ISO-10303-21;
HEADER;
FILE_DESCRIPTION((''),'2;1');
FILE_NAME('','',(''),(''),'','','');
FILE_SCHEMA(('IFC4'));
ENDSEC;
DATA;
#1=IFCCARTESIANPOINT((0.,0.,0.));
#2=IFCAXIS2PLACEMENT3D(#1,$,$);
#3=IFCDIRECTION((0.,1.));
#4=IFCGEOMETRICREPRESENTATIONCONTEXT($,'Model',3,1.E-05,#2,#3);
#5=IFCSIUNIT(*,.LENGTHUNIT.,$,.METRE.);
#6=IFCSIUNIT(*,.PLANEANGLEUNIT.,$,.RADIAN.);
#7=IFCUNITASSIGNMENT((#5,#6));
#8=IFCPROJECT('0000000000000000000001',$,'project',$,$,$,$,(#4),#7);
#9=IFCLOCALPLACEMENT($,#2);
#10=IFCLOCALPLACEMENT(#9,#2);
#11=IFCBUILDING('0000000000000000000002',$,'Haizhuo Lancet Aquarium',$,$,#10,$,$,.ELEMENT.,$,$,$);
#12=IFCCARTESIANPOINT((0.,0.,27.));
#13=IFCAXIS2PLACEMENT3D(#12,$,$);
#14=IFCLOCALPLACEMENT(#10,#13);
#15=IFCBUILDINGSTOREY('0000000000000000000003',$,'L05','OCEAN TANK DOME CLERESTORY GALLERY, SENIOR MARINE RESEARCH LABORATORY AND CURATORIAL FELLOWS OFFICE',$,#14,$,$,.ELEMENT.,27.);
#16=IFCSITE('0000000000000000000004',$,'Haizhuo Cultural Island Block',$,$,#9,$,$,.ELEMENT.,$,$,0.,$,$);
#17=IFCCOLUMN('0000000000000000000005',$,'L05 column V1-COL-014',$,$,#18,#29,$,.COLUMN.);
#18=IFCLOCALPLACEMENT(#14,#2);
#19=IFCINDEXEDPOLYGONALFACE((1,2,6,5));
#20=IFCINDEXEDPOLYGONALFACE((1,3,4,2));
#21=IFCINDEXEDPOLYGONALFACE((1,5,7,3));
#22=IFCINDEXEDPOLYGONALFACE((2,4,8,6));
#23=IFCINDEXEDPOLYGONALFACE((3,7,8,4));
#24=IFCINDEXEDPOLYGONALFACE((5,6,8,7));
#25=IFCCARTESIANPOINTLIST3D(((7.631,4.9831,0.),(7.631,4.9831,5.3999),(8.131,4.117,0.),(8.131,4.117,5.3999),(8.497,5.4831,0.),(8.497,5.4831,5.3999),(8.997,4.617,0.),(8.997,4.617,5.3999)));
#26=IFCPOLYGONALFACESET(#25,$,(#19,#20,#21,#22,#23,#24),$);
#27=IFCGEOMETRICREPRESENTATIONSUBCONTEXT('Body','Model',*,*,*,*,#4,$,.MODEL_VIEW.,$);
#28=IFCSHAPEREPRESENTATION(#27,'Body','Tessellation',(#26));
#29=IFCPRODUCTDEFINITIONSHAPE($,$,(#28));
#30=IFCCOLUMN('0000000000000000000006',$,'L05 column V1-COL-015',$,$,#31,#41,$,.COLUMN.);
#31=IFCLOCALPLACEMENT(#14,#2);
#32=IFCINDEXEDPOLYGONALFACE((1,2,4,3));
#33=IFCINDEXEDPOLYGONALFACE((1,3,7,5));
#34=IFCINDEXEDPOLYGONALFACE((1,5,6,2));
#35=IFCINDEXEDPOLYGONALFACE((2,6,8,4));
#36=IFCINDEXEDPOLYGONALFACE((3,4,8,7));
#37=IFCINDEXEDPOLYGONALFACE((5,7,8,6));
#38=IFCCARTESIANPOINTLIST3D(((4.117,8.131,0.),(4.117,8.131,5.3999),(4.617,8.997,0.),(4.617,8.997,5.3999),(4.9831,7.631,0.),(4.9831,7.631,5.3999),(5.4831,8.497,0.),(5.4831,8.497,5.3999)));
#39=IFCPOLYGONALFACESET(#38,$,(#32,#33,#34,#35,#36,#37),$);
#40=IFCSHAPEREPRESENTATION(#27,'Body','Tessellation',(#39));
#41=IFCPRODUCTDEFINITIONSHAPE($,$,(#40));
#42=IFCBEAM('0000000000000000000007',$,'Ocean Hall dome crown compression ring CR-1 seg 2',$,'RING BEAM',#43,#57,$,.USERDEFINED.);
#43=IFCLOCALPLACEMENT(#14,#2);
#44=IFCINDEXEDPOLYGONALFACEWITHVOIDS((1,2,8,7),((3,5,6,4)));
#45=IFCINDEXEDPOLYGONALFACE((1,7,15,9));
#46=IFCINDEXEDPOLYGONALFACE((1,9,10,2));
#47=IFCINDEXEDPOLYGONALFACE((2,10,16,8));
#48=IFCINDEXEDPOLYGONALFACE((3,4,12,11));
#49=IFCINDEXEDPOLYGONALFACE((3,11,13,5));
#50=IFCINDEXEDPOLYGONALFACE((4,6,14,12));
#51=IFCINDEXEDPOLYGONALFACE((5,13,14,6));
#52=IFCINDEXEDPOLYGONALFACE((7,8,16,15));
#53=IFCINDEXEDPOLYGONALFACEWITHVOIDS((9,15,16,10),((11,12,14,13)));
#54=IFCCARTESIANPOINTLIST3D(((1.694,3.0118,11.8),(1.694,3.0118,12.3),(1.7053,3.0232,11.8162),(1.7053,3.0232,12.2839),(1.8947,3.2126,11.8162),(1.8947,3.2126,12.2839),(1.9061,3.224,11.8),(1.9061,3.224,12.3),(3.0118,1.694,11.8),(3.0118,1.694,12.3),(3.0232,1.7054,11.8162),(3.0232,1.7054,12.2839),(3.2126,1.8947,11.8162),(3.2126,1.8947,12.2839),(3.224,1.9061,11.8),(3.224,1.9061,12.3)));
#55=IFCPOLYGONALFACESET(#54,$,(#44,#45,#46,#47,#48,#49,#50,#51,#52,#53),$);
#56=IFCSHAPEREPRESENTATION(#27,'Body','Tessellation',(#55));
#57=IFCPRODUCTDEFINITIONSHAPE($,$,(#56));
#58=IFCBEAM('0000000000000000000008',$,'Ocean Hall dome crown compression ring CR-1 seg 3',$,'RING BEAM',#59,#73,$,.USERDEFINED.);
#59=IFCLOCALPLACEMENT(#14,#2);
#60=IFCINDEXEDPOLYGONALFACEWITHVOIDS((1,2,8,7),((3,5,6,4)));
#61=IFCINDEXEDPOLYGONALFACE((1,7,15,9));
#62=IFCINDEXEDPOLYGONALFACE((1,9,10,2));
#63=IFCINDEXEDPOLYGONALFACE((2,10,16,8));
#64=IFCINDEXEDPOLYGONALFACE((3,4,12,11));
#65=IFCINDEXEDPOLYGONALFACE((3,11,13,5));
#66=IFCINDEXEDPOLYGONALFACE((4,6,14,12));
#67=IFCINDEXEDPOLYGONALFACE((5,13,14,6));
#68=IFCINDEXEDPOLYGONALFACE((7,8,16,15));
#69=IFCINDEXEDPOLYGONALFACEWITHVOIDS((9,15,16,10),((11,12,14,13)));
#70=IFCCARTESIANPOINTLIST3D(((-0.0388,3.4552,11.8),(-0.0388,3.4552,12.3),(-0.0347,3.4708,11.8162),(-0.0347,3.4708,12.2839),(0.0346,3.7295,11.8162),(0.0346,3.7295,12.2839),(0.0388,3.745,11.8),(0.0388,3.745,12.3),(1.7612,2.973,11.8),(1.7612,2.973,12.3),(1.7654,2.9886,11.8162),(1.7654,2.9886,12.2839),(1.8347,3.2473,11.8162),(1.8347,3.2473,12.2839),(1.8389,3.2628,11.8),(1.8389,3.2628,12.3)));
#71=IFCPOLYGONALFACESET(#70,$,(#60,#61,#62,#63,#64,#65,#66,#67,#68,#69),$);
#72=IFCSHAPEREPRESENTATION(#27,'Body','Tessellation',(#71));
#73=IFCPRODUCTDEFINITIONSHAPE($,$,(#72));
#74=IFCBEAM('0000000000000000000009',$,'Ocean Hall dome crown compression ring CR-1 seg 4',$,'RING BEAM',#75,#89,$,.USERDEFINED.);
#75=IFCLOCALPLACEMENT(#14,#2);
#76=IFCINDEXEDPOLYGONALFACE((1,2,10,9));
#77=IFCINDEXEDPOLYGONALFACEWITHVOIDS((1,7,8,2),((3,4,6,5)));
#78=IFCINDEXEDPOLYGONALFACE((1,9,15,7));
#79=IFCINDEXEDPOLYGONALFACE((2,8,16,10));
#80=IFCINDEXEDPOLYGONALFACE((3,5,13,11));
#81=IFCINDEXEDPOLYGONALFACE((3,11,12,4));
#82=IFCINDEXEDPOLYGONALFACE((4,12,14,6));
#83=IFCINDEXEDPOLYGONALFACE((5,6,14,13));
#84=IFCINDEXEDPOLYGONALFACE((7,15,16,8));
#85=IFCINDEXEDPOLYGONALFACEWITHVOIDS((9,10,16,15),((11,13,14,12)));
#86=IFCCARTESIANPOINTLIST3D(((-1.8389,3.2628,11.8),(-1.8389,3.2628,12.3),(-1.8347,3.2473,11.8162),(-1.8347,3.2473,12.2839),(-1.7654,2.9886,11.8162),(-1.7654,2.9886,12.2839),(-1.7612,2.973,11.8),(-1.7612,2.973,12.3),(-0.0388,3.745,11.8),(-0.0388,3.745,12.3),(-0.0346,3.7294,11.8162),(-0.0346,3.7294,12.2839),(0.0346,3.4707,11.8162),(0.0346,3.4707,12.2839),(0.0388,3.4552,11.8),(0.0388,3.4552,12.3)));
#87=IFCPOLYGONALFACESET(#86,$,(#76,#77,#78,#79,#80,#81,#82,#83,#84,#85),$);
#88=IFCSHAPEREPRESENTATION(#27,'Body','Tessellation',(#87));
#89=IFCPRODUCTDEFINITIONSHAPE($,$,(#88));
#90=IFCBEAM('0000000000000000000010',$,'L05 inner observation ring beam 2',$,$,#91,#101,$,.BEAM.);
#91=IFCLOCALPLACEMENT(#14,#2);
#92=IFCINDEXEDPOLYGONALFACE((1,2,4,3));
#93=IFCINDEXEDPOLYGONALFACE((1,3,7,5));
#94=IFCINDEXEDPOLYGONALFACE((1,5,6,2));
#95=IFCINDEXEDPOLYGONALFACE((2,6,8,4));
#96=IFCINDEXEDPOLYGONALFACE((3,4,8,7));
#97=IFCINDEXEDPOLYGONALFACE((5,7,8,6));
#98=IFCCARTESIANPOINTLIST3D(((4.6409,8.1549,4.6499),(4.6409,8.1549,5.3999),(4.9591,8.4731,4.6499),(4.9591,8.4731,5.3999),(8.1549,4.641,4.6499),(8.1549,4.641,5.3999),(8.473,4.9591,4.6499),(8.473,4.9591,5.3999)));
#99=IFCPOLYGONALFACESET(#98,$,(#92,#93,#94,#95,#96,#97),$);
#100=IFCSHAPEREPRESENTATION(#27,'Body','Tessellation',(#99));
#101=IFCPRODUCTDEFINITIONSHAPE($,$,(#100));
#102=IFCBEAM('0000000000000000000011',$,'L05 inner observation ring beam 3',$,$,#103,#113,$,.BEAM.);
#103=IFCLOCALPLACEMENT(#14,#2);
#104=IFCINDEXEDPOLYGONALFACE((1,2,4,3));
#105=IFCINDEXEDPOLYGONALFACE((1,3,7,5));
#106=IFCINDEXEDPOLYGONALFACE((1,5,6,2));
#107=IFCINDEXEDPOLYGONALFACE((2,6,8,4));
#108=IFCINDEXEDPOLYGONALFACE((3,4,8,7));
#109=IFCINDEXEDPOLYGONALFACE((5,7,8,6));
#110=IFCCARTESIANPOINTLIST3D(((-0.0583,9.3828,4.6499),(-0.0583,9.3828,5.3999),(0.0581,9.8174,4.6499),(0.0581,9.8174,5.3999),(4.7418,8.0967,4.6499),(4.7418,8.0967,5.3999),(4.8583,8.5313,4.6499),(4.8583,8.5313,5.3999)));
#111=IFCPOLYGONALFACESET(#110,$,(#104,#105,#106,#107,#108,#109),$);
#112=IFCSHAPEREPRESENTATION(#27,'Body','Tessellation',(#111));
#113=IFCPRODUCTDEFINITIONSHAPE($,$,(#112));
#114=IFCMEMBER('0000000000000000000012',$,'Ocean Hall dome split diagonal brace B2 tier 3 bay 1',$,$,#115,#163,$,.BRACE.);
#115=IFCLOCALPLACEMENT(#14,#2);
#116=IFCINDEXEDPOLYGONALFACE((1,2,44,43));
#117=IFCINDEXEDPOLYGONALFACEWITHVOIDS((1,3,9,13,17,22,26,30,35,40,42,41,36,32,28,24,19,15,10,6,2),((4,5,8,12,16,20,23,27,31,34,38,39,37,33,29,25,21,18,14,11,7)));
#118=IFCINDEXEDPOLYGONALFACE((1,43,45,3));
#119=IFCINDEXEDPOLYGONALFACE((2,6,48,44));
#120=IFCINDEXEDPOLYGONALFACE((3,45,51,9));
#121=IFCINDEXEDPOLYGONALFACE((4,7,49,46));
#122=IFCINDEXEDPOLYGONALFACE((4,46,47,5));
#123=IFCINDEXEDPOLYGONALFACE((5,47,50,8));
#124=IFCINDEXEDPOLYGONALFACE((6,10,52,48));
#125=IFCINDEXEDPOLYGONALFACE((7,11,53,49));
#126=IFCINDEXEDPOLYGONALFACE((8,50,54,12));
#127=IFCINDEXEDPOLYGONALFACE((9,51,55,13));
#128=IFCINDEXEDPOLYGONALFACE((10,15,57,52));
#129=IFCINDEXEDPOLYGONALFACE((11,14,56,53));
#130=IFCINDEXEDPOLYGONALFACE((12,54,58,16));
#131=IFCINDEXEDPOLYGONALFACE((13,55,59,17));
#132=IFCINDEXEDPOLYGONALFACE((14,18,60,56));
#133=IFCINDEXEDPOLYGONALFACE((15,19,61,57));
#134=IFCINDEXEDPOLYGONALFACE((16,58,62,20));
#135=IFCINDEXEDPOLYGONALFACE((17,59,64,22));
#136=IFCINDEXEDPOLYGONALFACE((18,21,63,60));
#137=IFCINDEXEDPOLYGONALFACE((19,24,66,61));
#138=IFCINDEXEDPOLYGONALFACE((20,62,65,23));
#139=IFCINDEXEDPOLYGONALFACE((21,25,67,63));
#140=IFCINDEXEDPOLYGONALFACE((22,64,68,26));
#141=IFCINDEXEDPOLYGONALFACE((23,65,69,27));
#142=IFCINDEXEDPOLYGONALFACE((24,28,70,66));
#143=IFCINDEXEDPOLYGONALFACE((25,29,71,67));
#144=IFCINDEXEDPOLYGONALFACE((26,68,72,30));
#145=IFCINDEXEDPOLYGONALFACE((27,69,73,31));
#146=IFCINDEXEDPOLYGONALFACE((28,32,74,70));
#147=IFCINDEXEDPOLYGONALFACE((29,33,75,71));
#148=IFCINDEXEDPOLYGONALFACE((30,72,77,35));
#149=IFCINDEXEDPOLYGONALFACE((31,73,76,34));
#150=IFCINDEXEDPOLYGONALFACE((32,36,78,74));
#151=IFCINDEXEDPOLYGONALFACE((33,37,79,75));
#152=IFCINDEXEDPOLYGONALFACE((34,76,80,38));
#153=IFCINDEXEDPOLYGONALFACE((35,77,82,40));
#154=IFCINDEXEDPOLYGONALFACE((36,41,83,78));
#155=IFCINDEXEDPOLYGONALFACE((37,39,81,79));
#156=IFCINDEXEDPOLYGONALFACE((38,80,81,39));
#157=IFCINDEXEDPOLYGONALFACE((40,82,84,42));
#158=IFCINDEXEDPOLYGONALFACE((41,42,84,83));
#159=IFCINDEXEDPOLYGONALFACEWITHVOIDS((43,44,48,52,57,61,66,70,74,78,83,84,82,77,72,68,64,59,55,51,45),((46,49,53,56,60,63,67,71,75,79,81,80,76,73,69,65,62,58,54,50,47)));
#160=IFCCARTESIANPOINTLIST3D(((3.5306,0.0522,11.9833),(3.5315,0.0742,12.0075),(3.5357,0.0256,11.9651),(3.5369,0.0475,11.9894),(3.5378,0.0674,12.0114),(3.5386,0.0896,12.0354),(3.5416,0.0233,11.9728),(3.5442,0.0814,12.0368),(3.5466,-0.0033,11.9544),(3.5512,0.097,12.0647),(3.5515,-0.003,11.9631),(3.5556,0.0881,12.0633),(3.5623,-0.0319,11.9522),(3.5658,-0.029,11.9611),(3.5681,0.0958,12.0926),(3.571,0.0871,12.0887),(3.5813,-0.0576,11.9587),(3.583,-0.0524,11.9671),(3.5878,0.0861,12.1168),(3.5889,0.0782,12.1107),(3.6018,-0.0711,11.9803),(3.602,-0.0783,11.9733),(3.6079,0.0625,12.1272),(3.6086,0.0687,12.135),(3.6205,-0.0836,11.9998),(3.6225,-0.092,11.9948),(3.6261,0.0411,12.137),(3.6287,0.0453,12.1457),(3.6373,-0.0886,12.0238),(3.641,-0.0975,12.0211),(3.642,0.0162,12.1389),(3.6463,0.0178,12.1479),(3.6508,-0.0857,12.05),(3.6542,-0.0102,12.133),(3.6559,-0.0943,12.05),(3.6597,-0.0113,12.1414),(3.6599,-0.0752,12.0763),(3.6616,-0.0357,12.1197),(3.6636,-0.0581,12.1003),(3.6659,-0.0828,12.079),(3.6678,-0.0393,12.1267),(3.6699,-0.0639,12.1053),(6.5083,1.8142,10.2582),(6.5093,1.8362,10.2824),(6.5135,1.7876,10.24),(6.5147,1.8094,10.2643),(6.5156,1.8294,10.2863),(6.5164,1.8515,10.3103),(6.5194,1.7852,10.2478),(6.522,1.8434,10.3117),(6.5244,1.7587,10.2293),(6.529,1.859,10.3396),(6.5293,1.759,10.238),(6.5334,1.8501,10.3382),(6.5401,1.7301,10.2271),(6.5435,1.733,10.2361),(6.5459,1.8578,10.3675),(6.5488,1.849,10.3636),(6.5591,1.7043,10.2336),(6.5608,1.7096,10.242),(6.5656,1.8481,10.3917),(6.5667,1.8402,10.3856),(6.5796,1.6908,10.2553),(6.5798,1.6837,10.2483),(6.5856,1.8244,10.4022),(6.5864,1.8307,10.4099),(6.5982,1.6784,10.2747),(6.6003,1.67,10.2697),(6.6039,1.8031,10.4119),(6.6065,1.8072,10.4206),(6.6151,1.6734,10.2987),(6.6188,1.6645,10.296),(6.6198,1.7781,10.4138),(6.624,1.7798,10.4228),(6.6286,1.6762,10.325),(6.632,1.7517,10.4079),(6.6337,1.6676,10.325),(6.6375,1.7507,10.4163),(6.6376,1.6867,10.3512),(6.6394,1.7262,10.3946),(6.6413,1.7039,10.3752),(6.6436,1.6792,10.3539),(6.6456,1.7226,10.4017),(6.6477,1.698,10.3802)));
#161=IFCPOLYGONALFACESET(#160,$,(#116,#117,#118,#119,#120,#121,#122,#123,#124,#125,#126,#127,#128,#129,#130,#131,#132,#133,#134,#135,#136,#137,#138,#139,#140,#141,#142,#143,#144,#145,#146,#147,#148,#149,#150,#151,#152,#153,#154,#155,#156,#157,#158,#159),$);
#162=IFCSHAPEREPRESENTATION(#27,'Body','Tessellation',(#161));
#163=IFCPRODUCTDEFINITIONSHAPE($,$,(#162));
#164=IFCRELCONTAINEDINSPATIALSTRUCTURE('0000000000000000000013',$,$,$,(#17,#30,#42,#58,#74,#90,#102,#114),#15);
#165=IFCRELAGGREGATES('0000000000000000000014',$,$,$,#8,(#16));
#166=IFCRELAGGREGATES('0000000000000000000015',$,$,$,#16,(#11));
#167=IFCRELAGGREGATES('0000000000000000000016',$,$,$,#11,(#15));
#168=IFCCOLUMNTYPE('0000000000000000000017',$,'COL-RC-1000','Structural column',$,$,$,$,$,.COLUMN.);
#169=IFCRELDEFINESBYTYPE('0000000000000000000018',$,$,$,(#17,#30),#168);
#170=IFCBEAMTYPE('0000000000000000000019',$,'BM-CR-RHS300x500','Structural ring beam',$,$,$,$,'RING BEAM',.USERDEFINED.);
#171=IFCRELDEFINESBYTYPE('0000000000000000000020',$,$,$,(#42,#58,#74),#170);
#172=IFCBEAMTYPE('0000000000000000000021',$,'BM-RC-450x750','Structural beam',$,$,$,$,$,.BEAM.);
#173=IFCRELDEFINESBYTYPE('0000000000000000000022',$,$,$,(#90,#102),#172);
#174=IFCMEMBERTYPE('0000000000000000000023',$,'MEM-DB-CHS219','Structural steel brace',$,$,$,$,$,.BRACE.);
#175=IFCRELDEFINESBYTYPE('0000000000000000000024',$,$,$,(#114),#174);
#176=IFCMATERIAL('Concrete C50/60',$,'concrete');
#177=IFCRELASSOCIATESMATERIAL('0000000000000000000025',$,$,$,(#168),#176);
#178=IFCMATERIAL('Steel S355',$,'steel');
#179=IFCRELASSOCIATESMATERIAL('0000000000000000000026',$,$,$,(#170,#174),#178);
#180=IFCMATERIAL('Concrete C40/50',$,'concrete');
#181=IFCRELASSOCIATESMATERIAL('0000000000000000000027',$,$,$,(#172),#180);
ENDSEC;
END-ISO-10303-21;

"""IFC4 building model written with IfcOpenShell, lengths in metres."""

from ifc_helpers import new_model, si_unit, direction, frame, origin, origin_2d, place, context, subcontext, project, spatial, rectangle, hollow_rectangle, hollow_circle, extrude, material, material_profile, profile_set, type_object, element, save


model = new_model("IFC4")

# Units and contexts
model_context = context("Model", 3, precision=1e-05, world=origin(), true_north=direction((0.0, 1.0)))
body_context = subcontext(model_context, "Body", "Model", "MODEL_VIEW")
ifc_project = project(units=[si_unit("LENGTHUNIT", "METRE"), si_unit("PLANEANGLEUNIT", "RADIAN")], contexts=[model_context])

# Site, building, storey
site_placement = place(None, origin())
site = spatial("IfcSite", under=ifc_project, at=site_placement, Name="Haizhuo Cultural Island Block", CompositionType="ELEMENT", RefElevation=0.0)
building_placement = place(site_placement, origin())
building = spatial("IfcBuilding", under=site, at=building_placement, Name="Haizhuo Lancet Aquarium", CompositionType="ELEMENT")
storey_placement = place(building_placement, frame((0.0, 0.0, 27.0)))
storey = spatial("IfcBuildingStorey", under=building, at=storey_placement, Name="L05", Description="OCEAN TANK DOME CLERESTORY GALLERY, SENIOR MARINE RESEARCH LABORATORY AND CURATORIAL FELLOWS OFFICE", CompositionType="ELEMENT", Elevation=27.0)

# Columns
ifc_material_1 = material(Name="Concrete C50/60", Category="concrete")
ifc_material_profile_1 = material_profile(ifc_material_1, rectangle(XDim=1.0, YDim=1.0, at=origin_2d()), Name="RC-COL 1000x1000")
ifc_profile_set_1 = profile_set([ifc_material_profile_1], Name="Concrete C50/60")
column_type = type_object("IfcColumnType", Name="COL-RC-1000", Description="Structural column", PredefinedType="COLUMN", material=ifc_profile_set_1)
for number, where, z_axis, x_axis, name in (
    (1, (8.314, 4.8, 0.0), (0.0, 0.0, 1.0), (0.866025, 0.5, 0.0), "L05 column V1-COL-014"),
    (2, (4.8, 8.314, 0.0), (0.0, 0.0, 1.0), (0.5, 0.866025, 0.0), "L05 column V1-COL-015"),
):
    element("IfcColumn", number, at=place(storey_placement, frame(where, z_axis=z_axis, x_axis=x_axis)), inside=storey, type_object=column_type, Name=name, PredefinedType="COLUMN", context=body_context, shape_type="SweptSolid", body=[
        extrude(rectangle(XDim=1.0, YDim=1.0, at=origin_2d()), origin(), (0.0, 0.0, 1.0), 5.3999),
    ])

# Beams
ifc_material_2 = material(Name="Steel S355", Category="steel")
ifc_material_profile_2 = material_profile(ifc_material_2, hollow_rectangle(XDim=0.3, YDim=0.5, WallThickness=0.0161, at=origin_2d()), Name="RHS 300x500x16")
ifc_profile_set_2 = profile_set([ifc_material_profile_2], Name="Steel S355")
beam_type_1 = type_object("IfcBeamType", Name="BM-CR-RHS300x500", Description="Structural ring beam", ElementType="RING BEAM", PredefinedType="USERDEFINED", material=ifc_profile_set_2)
beam_placement = place(storey_placement, frame((3.1179, 1.8, 12.05), z_axis=(-0.707107, 0.707107, 0.0), x_axis=(-0.707107, -0.707107, 0.0)))
element("IfcBeam", 3, at=beam_placement, inside=storey, type_object=beam_type_1, Name="Ocean Hall dome crown compression ring CR-1 seg 2", ObjectType="RING BEAM", PredefinedType="USERDEFINED", context=body_context, shape_type="SweptSolid", body=[
    extrude(hollow_rectangle(XDim=0.3, YDim=0.5, WallThickness=0.0161, at=origin_2d()), origin(), (0.0, 0.0, 1.0), 1.8638),
])
for number, where, z_axis, x_axis, name in (
    (4, (1.8, 3.1179, 12.05), (-0.965945, 0.258747, 0.0), (-0.258747, -0.965945, 0.0), "Ocean Hall dome crown compression ring CR-1 seg 3"),
    (5, (0.0, 3.6001, 12.05), (-0.965945, -0.258747, 0.0), (0.258747, -0.965945, 0.0), "Ocean Hall dome crown compression ring CR-1 seg 4"),
):
    element("IfcBeam", number, at=place(storey_placement, frame(where, z_axis=z_axis, x_axis=x_axis)), inside=storey, type_object=beam_type_1, Name=name, ObjectType="RING BEAM", PredefinedType="USERDEFINED", context=body_context, shape_type="SweptSolid", body=[
        extrude(hollow_rectangle(XDim=0.3, YDim=0.5, WallThickness=0.0161, at=origin_2d()), origin(), (0.0, 0.0, 1.0), 1.8635),
    ])
ifc_material_3 = material(Name="Concrete C40/50", Category="concrete")
ifc_material_profile_3 = material_profile(ifc_material_3, rectangle(XDim=0.45, YDim=0.75, at=origin_2d()), Name="RC-BM 450x750")
ifc_profile_set_3 = profile_set([ifc_material_profile_3], Name="Concrete C40/50")
beam_type_2 = type_object("IfcBeamType", Name="BM-RC-450x750", Description="Structural beam", PredefinedType="BEAM", material=ifc_profile_set_3)
for number, where, z_axis, x_axis, name in (
    (6, (8.314, 4.8, 5.0249), (-0.707107, 0.707107, 0.0), (-0.707107, -0.707107, 0.0), "L05 inner observation ring beam 2"),
    (7, (4.8, 8.314, 5.0249), (-0.965928, 0.258812, 0.0), (-0.258812, -0.965928, 0.0), "L05 inner observation ring beam 3"),
):
    element("IfcBeam", number, at=place(storey_placement, frame(where, z_axis=z_axis, x_axis=x_axis)), inside=storey, type_object=beam_type_2, Name=name, PredefinedType="BEAM", context=body_context, shape_type="SweptSolid", body=[
        extrude(rectangle(XDim=0.45, YDim=0.75, at=origin_2d()), origin(), (0.0, 0.0, 1.0), 4.9695),
    ])

# Member
ifc_material_profile_4 = material_profile(ifc_material_2, hollow_circle(Radius=0.1096, WallThickness=0.01, at=origin_2d()), Name="CHS 219x10")
ifc_profile_set_4 = profile_set([ifc_material_profile_4], Name="Steel S355")
member_type_1 = type_object("IfcMemberType", Name="MEM-DB-CHS219", Description="Structural steel brace", PredefinedType="BRACE", material=ifc_profile_set_4)
member_1_placement = place(storey_placement, frame((6.5779, 1.762, 10.325), z_axis=(-0.770205, -0.455733, 0.446197), x_axis=(0.509236, -0.860627, 0.0)))
element("IfcMember", 8, at=member_1_placement, inside=storey, type_object=member_type_1, Name="Ocean Hall dome split diagonal brace B2 tier 3 bay 1", PredefinedType="BRACE", context=body_context, shape_type="SweptSolid", body=[
    extrude(hollow_circle(Radius=0.1096, WallThickness=0.01, at=origin_2d()), origin(), (0.0, 0.0, 1.0), 3.8662),
])

save(model, "model.ifc")
